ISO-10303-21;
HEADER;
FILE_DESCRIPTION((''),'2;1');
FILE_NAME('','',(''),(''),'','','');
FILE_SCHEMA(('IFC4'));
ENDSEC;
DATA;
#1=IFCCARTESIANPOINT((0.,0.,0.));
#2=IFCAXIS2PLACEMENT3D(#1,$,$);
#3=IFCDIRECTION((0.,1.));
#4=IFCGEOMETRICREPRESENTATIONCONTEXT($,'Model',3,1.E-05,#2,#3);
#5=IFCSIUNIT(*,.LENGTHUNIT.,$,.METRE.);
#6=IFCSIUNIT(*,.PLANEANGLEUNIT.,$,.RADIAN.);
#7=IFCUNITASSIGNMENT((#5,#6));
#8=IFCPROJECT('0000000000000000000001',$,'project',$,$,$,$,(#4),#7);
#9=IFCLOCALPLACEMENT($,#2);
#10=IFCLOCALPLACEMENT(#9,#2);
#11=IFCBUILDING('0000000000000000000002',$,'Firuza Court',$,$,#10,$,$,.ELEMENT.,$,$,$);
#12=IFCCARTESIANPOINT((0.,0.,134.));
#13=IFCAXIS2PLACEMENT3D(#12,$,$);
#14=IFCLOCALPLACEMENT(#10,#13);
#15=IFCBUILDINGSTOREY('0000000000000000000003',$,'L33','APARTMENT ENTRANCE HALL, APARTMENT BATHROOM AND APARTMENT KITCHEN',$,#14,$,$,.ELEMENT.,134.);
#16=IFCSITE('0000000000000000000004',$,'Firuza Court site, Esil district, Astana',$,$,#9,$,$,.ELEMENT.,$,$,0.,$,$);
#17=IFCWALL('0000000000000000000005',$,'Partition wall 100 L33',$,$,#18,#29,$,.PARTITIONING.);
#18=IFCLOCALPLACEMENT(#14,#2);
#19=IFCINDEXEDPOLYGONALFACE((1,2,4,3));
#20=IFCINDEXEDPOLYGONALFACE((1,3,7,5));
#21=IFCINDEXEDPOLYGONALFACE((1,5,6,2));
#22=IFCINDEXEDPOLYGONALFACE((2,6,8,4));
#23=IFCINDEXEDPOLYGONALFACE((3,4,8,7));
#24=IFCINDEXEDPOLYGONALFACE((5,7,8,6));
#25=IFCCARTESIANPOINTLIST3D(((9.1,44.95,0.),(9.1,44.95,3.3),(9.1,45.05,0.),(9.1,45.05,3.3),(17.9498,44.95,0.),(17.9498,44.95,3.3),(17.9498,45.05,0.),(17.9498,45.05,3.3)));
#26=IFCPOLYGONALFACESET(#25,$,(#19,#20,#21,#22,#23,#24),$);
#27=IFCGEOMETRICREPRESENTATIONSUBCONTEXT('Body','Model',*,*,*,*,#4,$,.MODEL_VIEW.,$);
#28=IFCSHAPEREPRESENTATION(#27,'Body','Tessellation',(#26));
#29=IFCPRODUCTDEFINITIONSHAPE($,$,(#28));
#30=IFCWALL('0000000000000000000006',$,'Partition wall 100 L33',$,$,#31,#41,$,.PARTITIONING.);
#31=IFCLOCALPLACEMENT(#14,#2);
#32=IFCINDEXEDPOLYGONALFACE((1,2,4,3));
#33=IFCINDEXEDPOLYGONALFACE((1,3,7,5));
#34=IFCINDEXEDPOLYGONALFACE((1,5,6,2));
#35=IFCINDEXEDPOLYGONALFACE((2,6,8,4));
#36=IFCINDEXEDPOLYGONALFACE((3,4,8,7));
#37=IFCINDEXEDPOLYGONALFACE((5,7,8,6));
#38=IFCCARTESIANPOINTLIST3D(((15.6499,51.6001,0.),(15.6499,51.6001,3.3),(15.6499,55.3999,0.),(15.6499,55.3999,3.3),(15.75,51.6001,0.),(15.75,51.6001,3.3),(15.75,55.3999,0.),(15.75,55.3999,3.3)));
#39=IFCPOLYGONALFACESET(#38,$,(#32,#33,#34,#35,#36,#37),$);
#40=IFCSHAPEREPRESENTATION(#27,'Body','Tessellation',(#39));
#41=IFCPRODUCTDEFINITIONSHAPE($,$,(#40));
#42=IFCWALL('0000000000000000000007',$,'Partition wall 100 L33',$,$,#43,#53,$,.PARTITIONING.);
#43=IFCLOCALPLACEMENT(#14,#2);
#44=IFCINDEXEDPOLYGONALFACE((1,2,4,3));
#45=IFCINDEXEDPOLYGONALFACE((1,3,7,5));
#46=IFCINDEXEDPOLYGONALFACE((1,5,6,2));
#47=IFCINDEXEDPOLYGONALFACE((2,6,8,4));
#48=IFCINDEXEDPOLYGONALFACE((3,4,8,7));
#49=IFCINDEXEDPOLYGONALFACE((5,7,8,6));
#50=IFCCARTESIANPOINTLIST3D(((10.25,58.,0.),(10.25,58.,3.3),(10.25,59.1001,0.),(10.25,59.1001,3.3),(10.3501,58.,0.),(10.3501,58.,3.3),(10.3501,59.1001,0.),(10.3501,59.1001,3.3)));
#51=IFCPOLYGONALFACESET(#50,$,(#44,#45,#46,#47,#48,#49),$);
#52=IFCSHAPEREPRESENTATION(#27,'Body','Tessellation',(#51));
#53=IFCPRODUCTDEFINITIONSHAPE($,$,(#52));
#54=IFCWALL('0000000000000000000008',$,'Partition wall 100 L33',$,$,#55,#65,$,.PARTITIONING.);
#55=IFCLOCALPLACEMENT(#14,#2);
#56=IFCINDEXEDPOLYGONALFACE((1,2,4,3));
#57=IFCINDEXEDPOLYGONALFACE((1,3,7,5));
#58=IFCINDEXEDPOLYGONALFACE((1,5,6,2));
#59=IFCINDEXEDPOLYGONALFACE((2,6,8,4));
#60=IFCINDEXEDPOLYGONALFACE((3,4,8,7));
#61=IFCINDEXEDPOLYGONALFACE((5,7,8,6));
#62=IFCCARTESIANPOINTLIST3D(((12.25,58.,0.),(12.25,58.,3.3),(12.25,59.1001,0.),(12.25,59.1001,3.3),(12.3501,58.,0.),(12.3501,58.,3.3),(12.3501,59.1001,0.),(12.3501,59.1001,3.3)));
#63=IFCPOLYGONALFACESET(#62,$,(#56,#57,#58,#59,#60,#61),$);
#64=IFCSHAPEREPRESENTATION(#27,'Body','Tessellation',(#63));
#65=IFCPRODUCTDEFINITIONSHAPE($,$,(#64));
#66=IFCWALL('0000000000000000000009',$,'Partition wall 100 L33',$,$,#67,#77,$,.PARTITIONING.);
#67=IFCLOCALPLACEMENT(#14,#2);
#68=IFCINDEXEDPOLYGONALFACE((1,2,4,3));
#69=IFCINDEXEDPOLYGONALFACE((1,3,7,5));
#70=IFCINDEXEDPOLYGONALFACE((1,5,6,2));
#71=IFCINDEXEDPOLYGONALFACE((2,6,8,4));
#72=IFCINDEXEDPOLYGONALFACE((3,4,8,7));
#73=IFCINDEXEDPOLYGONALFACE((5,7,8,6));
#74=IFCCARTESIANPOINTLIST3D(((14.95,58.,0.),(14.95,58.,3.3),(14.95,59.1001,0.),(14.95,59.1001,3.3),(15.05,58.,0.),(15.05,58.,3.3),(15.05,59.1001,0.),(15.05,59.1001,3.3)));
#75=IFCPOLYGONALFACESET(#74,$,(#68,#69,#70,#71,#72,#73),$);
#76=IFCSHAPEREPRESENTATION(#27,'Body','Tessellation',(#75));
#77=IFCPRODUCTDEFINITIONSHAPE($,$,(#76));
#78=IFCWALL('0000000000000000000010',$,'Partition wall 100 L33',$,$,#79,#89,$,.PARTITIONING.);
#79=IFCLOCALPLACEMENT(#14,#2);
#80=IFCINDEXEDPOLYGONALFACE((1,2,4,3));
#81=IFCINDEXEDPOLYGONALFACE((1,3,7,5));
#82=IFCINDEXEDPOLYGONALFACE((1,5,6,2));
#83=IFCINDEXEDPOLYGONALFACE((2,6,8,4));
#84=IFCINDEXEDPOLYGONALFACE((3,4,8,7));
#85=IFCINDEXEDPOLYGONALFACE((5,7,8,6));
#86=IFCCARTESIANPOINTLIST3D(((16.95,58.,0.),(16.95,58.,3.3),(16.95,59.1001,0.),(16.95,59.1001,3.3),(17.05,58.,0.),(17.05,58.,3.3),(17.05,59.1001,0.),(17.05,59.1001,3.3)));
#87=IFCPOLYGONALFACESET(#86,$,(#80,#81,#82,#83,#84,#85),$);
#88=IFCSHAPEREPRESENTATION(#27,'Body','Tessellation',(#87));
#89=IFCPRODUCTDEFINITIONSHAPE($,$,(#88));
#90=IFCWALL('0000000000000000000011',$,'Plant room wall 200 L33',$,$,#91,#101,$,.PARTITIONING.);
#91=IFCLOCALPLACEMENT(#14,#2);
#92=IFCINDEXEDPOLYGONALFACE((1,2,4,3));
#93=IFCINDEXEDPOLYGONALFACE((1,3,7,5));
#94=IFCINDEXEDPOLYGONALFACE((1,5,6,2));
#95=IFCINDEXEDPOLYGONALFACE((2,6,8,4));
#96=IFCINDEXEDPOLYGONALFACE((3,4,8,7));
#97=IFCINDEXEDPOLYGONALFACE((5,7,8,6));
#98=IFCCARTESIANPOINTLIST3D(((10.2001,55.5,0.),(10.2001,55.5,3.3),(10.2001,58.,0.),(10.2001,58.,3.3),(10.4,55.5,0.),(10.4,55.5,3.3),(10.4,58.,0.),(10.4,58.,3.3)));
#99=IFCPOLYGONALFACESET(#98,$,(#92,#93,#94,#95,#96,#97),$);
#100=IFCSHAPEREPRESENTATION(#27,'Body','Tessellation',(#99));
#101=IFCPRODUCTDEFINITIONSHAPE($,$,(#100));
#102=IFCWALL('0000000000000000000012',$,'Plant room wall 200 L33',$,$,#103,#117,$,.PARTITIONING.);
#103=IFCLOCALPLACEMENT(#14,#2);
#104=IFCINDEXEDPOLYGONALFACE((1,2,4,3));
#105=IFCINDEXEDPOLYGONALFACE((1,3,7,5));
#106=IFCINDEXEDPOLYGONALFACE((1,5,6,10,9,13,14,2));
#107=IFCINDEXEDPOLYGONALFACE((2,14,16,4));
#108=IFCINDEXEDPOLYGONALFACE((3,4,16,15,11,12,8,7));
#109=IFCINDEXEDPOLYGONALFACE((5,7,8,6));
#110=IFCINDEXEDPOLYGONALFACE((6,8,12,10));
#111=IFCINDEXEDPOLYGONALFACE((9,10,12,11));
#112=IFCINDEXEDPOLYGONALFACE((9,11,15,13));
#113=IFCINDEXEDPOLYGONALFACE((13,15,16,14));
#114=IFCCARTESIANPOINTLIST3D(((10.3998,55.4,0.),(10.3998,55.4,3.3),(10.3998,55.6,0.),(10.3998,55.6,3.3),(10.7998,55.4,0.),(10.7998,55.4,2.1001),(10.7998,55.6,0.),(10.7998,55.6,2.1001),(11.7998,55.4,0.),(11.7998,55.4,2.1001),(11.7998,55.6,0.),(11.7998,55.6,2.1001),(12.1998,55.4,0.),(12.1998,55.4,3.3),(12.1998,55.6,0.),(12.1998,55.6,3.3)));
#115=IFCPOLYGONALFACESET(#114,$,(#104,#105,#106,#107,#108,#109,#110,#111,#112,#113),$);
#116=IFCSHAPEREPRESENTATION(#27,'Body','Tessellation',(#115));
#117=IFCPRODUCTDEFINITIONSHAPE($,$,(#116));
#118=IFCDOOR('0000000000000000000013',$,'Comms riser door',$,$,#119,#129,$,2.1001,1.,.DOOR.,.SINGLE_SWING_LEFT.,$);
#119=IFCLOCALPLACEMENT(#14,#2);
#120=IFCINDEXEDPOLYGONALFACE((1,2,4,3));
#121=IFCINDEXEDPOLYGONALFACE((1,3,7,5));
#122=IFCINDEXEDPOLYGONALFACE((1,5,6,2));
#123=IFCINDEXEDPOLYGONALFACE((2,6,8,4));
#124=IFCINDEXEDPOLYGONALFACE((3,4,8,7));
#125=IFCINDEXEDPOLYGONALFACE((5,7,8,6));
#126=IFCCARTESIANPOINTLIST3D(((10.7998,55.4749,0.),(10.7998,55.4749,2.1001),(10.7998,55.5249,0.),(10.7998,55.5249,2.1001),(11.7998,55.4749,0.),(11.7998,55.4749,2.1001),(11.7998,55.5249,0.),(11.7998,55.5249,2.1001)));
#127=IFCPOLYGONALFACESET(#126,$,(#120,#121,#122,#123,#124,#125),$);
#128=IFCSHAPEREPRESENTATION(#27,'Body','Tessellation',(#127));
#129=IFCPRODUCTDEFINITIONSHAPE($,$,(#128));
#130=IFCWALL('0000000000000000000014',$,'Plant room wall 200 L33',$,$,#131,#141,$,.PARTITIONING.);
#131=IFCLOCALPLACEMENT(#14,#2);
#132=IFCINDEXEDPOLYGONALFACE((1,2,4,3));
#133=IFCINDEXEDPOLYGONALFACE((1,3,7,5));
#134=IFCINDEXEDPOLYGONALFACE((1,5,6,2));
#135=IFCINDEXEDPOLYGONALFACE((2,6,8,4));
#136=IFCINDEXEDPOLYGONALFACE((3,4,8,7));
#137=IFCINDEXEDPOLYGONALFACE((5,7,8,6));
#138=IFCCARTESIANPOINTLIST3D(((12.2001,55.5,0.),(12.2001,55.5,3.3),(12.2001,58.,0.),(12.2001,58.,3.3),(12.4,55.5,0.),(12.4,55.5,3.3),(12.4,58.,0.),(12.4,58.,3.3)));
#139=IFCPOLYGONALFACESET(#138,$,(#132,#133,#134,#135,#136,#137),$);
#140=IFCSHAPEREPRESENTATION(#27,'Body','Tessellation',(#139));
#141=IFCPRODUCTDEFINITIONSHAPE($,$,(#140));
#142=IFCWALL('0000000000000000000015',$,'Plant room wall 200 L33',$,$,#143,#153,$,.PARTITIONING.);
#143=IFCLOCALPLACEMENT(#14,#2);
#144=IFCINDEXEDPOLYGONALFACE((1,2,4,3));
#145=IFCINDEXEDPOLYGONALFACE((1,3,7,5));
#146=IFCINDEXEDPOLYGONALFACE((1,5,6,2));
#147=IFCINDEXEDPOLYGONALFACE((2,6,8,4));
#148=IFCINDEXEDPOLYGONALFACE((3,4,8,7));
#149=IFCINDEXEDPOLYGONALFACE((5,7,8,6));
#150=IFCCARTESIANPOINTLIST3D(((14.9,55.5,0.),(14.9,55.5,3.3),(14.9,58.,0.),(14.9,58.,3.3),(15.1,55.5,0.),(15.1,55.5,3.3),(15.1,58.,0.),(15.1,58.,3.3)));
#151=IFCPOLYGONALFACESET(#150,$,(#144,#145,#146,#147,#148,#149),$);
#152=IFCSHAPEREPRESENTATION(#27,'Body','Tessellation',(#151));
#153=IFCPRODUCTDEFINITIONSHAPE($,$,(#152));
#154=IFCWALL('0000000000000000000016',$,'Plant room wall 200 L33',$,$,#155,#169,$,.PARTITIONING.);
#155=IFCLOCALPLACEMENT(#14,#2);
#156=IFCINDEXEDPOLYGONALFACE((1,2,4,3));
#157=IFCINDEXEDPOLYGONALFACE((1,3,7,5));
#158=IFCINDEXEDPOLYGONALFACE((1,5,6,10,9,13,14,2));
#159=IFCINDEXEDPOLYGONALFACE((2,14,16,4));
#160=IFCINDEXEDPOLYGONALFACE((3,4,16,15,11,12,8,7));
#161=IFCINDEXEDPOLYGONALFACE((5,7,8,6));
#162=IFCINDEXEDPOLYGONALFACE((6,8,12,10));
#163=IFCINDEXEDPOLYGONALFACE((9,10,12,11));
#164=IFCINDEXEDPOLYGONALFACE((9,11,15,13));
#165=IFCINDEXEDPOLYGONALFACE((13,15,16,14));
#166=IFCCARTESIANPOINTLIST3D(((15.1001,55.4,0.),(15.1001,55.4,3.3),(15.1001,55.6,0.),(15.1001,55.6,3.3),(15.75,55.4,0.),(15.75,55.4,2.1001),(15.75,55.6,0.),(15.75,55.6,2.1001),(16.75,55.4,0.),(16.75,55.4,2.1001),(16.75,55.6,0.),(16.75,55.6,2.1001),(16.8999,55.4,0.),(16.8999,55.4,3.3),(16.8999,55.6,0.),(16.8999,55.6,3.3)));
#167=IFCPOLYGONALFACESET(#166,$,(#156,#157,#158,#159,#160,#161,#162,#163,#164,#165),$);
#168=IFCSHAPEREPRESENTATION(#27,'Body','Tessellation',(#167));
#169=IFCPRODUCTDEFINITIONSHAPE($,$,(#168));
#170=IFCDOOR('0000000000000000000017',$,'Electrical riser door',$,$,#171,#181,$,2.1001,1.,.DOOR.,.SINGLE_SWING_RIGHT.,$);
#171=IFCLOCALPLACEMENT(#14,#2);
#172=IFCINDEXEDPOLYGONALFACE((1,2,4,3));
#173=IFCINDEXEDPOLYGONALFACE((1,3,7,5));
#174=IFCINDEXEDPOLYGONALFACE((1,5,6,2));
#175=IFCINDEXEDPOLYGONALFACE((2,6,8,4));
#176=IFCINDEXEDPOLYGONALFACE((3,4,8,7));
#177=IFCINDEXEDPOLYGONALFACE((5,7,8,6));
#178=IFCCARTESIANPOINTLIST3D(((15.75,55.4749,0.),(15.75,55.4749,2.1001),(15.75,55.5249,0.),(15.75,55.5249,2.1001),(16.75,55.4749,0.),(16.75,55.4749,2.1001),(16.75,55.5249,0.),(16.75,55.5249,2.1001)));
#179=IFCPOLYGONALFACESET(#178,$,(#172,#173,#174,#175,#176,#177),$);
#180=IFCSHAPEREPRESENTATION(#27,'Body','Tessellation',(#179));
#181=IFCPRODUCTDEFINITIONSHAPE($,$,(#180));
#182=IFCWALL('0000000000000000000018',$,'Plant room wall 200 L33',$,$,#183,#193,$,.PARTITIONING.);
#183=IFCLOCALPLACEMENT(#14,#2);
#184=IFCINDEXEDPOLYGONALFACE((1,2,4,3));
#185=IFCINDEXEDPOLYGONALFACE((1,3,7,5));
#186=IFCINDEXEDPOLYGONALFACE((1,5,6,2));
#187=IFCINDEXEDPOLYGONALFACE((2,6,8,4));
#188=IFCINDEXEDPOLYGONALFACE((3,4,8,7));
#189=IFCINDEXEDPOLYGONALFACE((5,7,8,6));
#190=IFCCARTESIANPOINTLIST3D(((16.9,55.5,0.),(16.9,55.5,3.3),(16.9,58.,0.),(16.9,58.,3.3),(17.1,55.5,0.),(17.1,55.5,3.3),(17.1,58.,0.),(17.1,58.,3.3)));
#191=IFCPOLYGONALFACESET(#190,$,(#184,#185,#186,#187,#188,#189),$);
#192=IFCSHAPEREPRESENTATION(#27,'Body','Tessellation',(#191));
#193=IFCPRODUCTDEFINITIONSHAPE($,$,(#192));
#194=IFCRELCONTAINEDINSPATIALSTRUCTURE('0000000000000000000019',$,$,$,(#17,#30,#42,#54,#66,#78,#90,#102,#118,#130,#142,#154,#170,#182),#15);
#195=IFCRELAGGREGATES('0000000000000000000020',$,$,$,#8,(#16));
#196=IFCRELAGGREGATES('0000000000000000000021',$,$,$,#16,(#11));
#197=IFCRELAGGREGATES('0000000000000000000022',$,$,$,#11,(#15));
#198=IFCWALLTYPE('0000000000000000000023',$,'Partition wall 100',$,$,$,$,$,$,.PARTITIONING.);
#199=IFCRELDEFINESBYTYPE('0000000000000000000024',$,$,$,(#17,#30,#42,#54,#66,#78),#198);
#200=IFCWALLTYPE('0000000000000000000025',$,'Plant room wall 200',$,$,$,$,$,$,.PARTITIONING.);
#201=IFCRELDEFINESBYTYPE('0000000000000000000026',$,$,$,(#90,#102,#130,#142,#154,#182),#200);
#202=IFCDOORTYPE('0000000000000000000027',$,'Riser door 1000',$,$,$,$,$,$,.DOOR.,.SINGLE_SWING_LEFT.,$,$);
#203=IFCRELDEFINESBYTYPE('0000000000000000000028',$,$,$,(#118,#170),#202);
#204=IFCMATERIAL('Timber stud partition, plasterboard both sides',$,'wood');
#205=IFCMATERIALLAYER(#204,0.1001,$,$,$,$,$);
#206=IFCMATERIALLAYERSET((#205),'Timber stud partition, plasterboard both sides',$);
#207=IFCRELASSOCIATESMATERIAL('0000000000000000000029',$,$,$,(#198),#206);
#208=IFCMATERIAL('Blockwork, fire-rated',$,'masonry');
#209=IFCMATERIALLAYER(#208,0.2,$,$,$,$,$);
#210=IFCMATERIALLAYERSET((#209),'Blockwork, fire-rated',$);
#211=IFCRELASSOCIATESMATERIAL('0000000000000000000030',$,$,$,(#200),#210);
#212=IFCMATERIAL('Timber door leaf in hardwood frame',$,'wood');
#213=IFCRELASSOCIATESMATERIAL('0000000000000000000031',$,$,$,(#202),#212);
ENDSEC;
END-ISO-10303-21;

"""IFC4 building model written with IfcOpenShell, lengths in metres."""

from ifc_helpers import new_model, si_unit, direction, frame, frame_2d, origin, place, context, subcontext, project, spatial, rectangle, extrude, material, layer, layer_set, type_object, element, fill, save


model = new_model("IFC4")

# Units and contexts
model_context = context("Model", 3, precision=1e-05, world=origin(), true_north=direction((0.0, 1.0)))
body_context = subcontext(model_context, "Body", "Model", "MODEL_VIEW")
ifc_project = project(units=[si_unit("LENGTHUNIT", "METRE"), si_unit("PLANEANGLEUNIT", "RADIAN")], contexts=[model_context])

# Site, building, storey
site_placement = place(None, origin())
site = spatial("IfcSite", under=ifc_project, at=site_placement, Name="Firuza Court site, Esil district, Astana", CompositionType="ELEMENT", RefElevation=0.0)
building_placement = place(site_placement, origin())
building = spatial("IfcBuilding", under=site, at=building_placement, Name="Firuza Court", CompositionType="ELEMENT")
storey_placement = place(building_placement, frame((0.0, 0.0, 134.0)))
storey = spatial("IfcBuildingStorey", under=building, at=storey_placement, Name="L33", Description="APARTMENT ENTRANCE HALL, APARTMENT BATHROOM AND APARTMENT KITCHEN", CompositionType="ELEMENT", Elevation=134.0)

# Walls
ifc_material_1 = material(Name="Timber stud partition, plasterboard both sides", Category="wood")
ifc_layer_1 = layer(ifc_material_1, 0.1001)
ifc_layer_set_1 = layer_set([ifc_layer_1], Name="Timber stud partition, plasterboard both sides")
wall_type_1 = type_object("IfcWallType", Name="Partition wall 100", PredefinedType="PARTITIONING", material=ifc_layer_set_1)
wall_1_placement = place(storey_placement, frame((9.1001, 45.0, 0.0), z_axis=(0.0, 0.0, 1.0), x_axis=(1.0, 0.0, 0.0)))
element("IfcWall", 1, at=wall_1_placement, inside=storey, type_object=wall_type_1, Name="Partition wall 100 L33", PredefinedType="PARTITIONING", context=body_context, shape_type="SweptSolid", body=[
    extrude(rectangle(XDim=8.8499, YDim=0.1001, at=frame_2d((4.4248, 0.0))), origin(), (0.0, 0.0, 1.0), 3.3),
])
wall_2_placement = place(storey_placement, frame((15.7, 51.6001, 0.0), z_axis=(0.0, 0.0, 1.0), x_axis=(0.0, 1.0, 0.0)))
element("IfcWall", 2, at=wall_2_placement, inside=storey, type_object=wall_type_1, Name="Partition wall 100 L33", PredefinedType="PARTITIONING", context=body_context, shape_type="SweptSolid", body=[
    extrude(rectangle(XDim=3.7998, YDim=0.1001, at=frame_2d((1.8999, 0.0))), origin(), (0.0, 0.0, 1.0), 3.3),
])
for number, where, z_axis, x_axis, name in (
    (3, (10.3, 58.0, 0.0), (0.0, 0.0, 1.0), (0.0, 1.0, 0.0), "Partition wall 100 L33"),
    (4, (12.3, 58.0, 0.0), (0.0, 0.0, 1.0), (0.0, 1.0, 0.0), "Partition wall 100 L33"),
    (5, (15.0, 58.0, 0.0), (0.0, 0.0, 1.0), (0.0, 1.0, 0.0), "Partition wall 100 L33"),
    (6, (17.0, 58.0, 0.0), (0.0, 0.0, 1.0), (0.0, 1.0, 0.0), "Partition wall 100 L33"),
):
    element("IfcWall", number, at=place(storey_placement, frame(where, z_axis=z_axis, x_axis=x_axis)), inside=storey, type_object=wall_type_1, Name=name, PredefinedType="PARTITIONING", context=body_context, shape_type="SweptSolid", body=[
        extrude(rectangle(XDim=1.1001, YDim=0.1001, at=frame_2d((0.55, 0.0))), origin(), (0.0, 0.0, 1.0), 3.3),
    ])
ifc_material_2 = material(Name="Blockwork, fire-rated", Category="masonry")
ifc_layer_2 = layer(ifc_material_2, 0.2)
ifc_layer_set_2 = layer_set([ifc_layer_2], Name="Blockwork, fire-rated")
wall_type_2 = type_object("IfcWallType", Name="Plant room wall 200", PredefinedType="PARTITIONING", material=ifc_layer_set_2)
wall_3_placement = place(storey_placement, frame((10.3, 55.5, 0.0), z_axis=(0.0, 0.0, 1.0), x_axis=(0.0, 1.0, 0.0)))
element("IfcWall", 7, at=wall_3_placement, inside=storey, type_object=wall_type_2, Name="Plant room wall 200 L33", PredefinedType="PARTITIONING", context=body_context, shape_type="SweptSolid", body=[
    extrude(rectangle(XDim=2.5, YDim=0.2, at=frame_2d((1.25, 0.0))), origin(), (0.0, 0.0, 1.0), 3.3),
])

# Wall, opening, door
wall_4_placement = place(storey_placement, frame((10.3999, 55.5, 0.0), z_axis=(0.0, 0.0, 1.0), x_axis=(1.0, 0.0, 0.0)))
wall_4 = element("IfcWall", 8, at=wall_4_placement, inside=storey, type_object=wall_type_2, Name="Plant room wall 200 L33", PredefinedType="PARTITIONING", context=body_context, shape_type="SweptSolid", body=[
    extrude(rectangle(XDim=1.8, YDim=0.2, at=frame_2d((0.8999, 0.0))), origin(), (0.0, 0.0, 1.0), 3.3),
])
opening_1_placement = place(wall_4_placement, frame((0.3999, 0.0, 0.0)))
opening_1 = element("IfcOpeningElement", 9, at=opening_1_placement, cuts=wall_4, PredefinedType="OPENING", context=body_context, shape_type="SweptSolid", body=[
    extrude(rectangle(XDim=1.0, YDim=2.1001, at=frame_2d((0.5, 1.05))), frame((0.0, 0.1118, 0.0), z_axis=(0.0, -1.0, 0.0), x_axis=(1.0, 0.0, 0.0)), (0.0, 0.0, 1.0), 0.2239),
])
ifc_material_3 = material(Name="Timber door leaf in hardwood frame", Category="wood")
door_type_1 = type_object("IfcDoorType", Name="Riser door 1000", OperationType="SINGLE_SWING_LEFT", PredefinedType="DOOR", material=ifc_material_3)
door_1_placement = place(opening_1_placement, origin())
door_1 = element("IfcDoor", 10, at=door_1_placement, inside=storey, type_object=door_type_1, Name="Comms riser door", OperationType="SINGLE_SWING_LEFT", OverallHeight=2.1001, OverallWidth=1.0, PredefinedType="DOOR", context=body_context, shape_type="SweptSolid", body=[
    extrude(rectangle(XDim=1.0, YDim=2.1001, at=frame_2d((0.5, 1.05))), frame((0.0, 0.0249, 0.0), z_axis=(0.0, -1.0, 0.0), x_axis=(1.0, 0.0, 0.0)), (0.0, 0.0, 1.0), 0.05),
])
fill(opening_1, door_1)

# Walls
for number, where, z_axis, x_axis, name in (
    (11, (12.3, 55.5, 0.0), (0.0, 0.0, 1.0), (0.0, 1.0, 0.0), "Plant room wall 200 L33"),
    (12, (15.0, 55.5, 0.0), (0.0, 0.0, 1.0), (0.0, 1.0, 0.0), "Plant room wall 200 L33"),
):
    element("IfcWall", number, at=place(storey_placement, frame(where, z_axis=z_axis, x_axis=x_axis)), inside=storey, type_object=wall_type_2, Name=name, PredefinedType="PARTITIONING", context=body_context, shape_type="SweptSolid", body=[
        extrude(rectangle(XDim=2.5, YDim=0.2, at=frame_2d((1.25, 0.0))), origin(), (0.0, 0.0, 1.0), 3.3),
    ])

# Wall, opening, door
wall_5_placement = place(storey_placement, frame((15.1001, 55.5, 0.0), z_axis=(0.0, 0.0, 1.0), x_axis=(1.0, 0.0, 0.0)))
wall_5 = element("IfcWall", 13, at=wall_5_placement, inside=storey, type_object=wall_type_2, Name="Plant room wall 200 L33", PredefinedType="PARTITIONING", context=body_context, shape_type="SweptSolid", body=[
    extrude(rectangle(XDim=1.7998, YDim=0.2, at=frame_2d((0.8999, 0.0))), origin(), (0.0, 0.0, 1.0), 3.3),
])
opening_2_placement = place(wall_5_placement, frame((0.6499, 0.0, 0.0)))
opening_2 = element("IfcOpeningElement", 14, at=opening_2_placement, cuts=wall_5, PredefinedType="OPENING", context=body_context, shape_type="SweptSolid", body=[
    extrude(rectangle(XDim=1.0, YDim=2.1001, at=frame_2d((0.5, 1.05))), frame((0.0, 0.1118, 0.0), z_axis=(0.0, -1.0, 0.0), x_axis=(1.0, 0.0, 0.0)), (0.0, 0.0, 1.0), 0.2239),
])
door_2_placement = place(opening_2_placement, origin())
door_2 = element("IfcDoor", 15, at=door_2_placement, inside=storey, type_object=door_type_1, Name="Electrical riser door", OperationType="SINGLE_SWING_RIGHT", OverallHeight=2.1001, OverallWidth=1.0, PredefinedType="DOOR", context=body_context, shape_type="SweptSolid", body=[
    extrude(rectangle(XDim=1.0, YDim=2.1001, at=frame_2d((0.5, 1.05))), frame((0.0, 0.0249, 0.0), z_axis=(0.0, -1.0, 0.0), x_axis=(1.0, 0.0, 0.0)), (0.0, 0.0, 1.0), 0.05),
])
fill(opening_2, door_2)

# Wall
wall_6_placement = place(storey_placement, frame((17.0, 55.5, 0.0), z_axis=(0.0, 0.0, 1.0), x_axis=(0.0, 1.0, 0.0)))
element("IfcWall", 16, at=wall_6_placement, inside=storey, type_object=wall_type_2, Name="Plant room wall 200 L33", PredefinedType="PARTITIONING", context=body_context, shape_type="SweptSolid", body=[
    extrude(rectangle(XDim=2.5, YDim=0.2, at=frame_2d((1.25, 0.0))), origin(), (0.0, 0.0, 1.0), 3.3),
])

save(model, "model.ifc")
